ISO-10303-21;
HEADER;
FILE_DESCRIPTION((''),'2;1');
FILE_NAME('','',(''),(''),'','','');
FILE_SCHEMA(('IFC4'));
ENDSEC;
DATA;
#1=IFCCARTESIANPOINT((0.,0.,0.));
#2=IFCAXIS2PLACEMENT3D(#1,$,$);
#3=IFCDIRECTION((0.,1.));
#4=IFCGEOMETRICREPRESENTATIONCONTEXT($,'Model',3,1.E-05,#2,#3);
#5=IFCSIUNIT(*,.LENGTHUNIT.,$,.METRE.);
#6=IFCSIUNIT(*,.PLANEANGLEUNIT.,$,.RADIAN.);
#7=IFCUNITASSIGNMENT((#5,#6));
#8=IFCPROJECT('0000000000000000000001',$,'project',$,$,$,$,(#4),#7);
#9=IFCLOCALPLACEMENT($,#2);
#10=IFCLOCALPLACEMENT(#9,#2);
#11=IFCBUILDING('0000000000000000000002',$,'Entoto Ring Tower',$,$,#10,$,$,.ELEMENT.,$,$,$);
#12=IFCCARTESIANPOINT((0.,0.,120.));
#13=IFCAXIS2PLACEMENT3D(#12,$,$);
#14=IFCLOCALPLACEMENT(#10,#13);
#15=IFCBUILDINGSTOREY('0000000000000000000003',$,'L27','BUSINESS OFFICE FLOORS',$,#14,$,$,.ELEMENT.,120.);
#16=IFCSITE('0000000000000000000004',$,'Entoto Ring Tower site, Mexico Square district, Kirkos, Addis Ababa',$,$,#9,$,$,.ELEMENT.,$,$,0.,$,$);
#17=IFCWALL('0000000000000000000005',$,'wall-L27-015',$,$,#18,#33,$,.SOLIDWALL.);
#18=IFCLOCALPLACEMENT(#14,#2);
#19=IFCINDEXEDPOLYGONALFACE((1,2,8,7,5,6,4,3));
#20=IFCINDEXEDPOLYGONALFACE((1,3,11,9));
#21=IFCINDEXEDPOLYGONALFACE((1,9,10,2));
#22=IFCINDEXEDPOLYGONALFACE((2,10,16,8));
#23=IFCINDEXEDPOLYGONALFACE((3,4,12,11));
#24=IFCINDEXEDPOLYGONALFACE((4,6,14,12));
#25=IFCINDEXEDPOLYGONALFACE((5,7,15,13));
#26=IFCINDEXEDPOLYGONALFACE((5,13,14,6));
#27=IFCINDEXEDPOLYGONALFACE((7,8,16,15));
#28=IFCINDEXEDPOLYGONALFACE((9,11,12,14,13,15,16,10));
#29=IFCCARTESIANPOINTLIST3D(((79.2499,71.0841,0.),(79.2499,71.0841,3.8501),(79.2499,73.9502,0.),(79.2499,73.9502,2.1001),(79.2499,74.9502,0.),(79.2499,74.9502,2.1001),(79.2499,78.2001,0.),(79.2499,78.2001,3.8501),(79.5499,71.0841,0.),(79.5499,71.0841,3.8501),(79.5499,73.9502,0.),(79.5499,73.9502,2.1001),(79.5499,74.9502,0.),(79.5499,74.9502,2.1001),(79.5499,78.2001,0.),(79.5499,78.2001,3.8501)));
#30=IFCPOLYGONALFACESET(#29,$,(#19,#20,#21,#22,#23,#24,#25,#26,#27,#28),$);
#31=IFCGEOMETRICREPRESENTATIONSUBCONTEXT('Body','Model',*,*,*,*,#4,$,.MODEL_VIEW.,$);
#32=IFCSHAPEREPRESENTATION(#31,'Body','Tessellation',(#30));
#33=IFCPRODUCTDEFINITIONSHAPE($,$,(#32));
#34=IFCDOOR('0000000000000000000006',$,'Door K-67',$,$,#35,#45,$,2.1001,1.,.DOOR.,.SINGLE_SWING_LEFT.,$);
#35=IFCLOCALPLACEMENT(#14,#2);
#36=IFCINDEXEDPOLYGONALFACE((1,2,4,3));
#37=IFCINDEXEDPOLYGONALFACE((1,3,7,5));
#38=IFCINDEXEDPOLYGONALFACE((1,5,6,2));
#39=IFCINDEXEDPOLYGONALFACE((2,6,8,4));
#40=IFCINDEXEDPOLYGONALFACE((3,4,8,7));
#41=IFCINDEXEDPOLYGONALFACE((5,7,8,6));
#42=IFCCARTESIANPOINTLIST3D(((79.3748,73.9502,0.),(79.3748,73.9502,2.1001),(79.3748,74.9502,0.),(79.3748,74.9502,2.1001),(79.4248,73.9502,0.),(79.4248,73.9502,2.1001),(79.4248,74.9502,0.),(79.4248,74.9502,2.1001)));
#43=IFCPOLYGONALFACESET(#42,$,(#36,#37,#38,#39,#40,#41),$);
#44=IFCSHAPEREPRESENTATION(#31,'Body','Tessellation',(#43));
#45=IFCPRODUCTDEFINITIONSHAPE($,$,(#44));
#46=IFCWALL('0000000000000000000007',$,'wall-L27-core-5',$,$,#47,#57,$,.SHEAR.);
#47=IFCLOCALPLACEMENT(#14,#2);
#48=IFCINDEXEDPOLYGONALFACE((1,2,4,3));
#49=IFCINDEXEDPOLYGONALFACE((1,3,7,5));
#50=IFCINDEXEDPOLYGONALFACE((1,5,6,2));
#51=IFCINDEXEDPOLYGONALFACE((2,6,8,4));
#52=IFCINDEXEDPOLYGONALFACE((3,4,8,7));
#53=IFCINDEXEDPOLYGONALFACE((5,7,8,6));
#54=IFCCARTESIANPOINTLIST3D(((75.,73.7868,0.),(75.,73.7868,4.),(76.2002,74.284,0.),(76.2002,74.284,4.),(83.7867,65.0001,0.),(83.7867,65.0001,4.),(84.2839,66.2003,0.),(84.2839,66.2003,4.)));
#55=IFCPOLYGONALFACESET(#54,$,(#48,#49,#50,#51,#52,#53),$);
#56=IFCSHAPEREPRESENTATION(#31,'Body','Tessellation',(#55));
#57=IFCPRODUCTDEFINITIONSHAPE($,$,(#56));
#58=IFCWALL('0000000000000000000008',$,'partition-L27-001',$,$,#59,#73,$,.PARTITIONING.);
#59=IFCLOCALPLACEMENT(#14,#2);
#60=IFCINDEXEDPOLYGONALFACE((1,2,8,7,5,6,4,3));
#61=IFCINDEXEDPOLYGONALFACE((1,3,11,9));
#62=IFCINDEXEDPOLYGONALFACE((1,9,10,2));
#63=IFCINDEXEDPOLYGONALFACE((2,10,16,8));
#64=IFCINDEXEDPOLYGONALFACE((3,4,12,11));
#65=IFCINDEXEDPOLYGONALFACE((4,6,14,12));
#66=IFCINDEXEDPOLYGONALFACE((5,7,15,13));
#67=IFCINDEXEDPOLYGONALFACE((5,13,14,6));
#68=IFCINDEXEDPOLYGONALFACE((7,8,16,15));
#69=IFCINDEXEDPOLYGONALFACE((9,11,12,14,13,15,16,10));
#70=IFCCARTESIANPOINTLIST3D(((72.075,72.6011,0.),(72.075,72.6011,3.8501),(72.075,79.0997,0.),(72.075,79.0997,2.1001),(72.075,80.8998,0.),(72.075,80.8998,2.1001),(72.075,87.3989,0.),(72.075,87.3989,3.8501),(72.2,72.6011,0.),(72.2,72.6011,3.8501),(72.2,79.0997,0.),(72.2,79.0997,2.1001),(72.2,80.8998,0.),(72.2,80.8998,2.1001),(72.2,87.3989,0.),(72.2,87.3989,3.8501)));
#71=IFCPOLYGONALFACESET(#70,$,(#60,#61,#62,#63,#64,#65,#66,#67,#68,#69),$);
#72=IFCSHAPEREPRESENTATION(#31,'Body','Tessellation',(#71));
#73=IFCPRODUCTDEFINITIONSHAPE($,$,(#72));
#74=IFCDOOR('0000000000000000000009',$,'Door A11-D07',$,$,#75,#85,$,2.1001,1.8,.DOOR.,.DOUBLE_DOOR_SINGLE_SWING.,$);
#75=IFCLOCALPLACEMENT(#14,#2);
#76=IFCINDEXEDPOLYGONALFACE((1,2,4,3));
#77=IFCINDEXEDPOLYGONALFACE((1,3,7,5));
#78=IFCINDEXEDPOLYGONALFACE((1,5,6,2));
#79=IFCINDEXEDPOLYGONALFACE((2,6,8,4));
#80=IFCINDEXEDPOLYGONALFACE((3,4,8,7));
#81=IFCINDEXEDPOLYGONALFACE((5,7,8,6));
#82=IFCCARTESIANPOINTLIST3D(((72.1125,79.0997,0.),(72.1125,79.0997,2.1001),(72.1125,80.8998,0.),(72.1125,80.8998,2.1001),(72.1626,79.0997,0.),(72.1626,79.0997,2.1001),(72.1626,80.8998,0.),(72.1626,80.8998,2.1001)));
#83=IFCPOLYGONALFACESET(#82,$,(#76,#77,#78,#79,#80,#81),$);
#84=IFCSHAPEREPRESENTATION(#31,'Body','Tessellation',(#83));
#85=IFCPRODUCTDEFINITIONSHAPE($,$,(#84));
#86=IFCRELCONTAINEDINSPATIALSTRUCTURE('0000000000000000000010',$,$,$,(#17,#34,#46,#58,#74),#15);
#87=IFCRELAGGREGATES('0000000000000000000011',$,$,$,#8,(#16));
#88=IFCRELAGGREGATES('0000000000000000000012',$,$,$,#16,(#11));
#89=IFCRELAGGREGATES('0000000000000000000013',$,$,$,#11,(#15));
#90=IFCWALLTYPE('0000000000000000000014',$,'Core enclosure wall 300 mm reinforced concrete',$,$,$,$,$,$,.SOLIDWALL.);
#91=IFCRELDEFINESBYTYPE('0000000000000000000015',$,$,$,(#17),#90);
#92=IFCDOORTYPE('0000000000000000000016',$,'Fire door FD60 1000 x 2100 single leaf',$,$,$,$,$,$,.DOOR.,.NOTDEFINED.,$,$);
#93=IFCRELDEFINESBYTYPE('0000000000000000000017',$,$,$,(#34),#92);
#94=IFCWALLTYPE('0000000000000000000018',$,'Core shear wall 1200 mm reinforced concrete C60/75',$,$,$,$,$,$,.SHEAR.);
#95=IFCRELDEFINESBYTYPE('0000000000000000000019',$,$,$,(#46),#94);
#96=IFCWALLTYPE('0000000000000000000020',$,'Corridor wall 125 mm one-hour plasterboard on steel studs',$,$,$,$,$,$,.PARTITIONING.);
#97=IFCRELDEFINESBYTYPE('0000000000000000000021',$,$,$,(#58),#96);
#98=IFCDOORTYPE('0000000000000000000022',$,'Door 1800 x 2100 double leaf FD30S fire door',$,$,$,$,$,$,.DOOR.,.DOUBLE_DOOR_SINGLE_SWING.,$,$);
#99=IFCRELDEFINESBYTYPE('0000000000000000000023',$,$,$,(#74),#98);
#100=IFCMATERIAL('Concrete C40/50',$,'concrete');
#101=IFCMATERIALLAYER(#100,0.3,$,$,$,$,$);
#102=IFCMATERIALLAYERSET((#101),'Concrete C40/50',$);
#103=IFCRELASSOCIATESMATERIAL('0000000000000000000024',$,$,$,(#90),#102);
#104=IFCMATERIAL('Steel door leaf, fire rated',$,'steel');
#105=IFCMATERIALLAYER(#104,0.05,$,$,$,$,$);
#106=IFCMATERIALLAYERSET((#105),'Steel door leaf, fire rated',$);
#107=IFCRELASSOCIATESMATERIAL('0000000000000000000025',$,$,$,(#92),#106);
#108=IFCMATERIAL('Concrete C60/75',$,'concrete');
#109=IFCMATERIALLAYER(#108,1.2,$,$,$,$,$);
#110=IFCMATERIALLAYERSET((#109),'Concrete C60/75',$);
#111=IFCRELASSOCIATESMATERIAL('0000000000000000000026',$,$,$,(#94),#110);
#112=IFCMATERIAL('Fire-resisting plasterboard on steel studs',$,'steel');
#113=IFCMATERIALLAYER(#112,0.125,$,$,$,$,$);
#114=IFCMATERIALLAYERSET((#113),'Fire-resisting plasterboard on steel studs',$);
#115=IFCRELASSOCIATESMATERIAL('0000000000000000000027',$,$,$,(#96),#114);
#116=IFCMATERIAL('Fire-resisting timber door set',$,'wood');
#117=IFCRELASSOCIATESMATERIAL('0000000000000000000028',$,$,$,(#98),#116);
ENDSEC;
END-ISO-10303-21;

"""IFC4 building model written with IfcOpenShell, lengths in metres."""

from ifc_helpers import new_model, si_unit, direction, frame, frame_2d, origin, place, context, subcontext, project, spatial, polyline, rectangle, outline, extrude, material, layer, layer_set, type_object, element, fill, save


model = new_model("IFC4")

# Units and contexts
model_context = context("Model", 3, precision=1e-05, world=origin(), true_north=direction((0.0, 1.0)))
body_context = subcontext(model_context, "Body", "Model", "MODEL_VIEW")
ifc_project = project(units=[si_unit("LENGTHUNIT", "METRE"), si_unit("PLANEANGLEUNIT", "RADIAN")], contexts=[model_context])

# Site, building, storey
site_placement = place(None, origin())
site = spatial("IfcSite", under=ifc_project, at=site_placement, Name="Entoto Ring Tower site, Mexico Square district, Kirkos, Addis Ababa", CompositionType="ELEMENT", RefElevation=0.0)
building_placement = place(site_placement, origin())
building = spatial("IfcBuilding", under=site, at=building_placement, Name="Entoto Ring Tower", CompositionType="ELEMENT")
storey_placement = place(building_placement, frame((0.0, 0.0, 120.0)))
storey = spatial("IfcBuildingStorey", under=building, at=storey_placement, Name="L27", Description="BUSINESS OFFICE FLOORS", CompositionType="ELEMENT", Elevation=120.0)

# Wall, opening, door
ifc_material_1 = material(Name="Concrete C40/50", Category="concrete")
ifc_layer_1 = layer(ifc_material_1, 0.3)
ifc_layer_set_1 = layer_set([ifc_layer_1], Name="Concrete C40/50")
wall_type_1 = type_object("IfcWallType", Name="Core enclosure wall 300 mm reinforced concrete", PredefinedType="SOLIDWALL", material=ifc_layer_set_1)
wall_1_placement = place(storey_placement, frame((79.3999, 71.084, 0.0), z_axis=(0.0, 0.0, 1.0), x_axis=(0.0, 1.0, 0.0)))
wall_1 = element("IfcWall", 1, at=wall_1_placement, inside=storey, type_object=wall_type_1, Name="wall-L27-015", PredefinedType="SOLIDWALL", context=body_context, shape_type="SweptSolid", body=[
    extrude(rectangle(XDim=7.116, YDim=0.3, at=frame_2d((3.5581, 0.0))), origin(), (0.0, 0.0, 1.0), 3.8501),
])
opening_1_placement = place(wall_1_placement, frame((2.8662, 0.0, 0.0)))
opening_1 = element("IfcOpeningElement", 2, at=opening_1_placement, cuts=wall_1, PredefinedType="OPENING", context=body_context, shape_type="SweptSolid", body=[
    extrude(rectangle(XDim=1.0, YDim=2.1001, at=frame_2d((0.5, 1.05))), frame((0.0, 0.1602, 0.0), z_axis=(0.0, -1.0, 0.0), x_axis=(1.0, 0.0, 0.0)), (0.0, 0.0, 1.0), 0.3201),
])
ifc_material_2 = material(Name="Steel door leaf, fire rated", Category="steel")
ifc_layer_2 = layer(ifc_material_2, 0.05)
ifc_layer_set_2 = layer_set([ifc_layer_2], Name="Steel door leaf, fire rated")
door_type_1 = type_object("IfcDoorType", Name="Fire door FD60 1000 x 2100 single leaf", OperationType="NOTDEFINED", PredefinedType="DOOR", material=ifc_layer_set_2)
door_1_placement = place(opening_1_placement, frame((1.0, 0.0, 0.0), z_axis=(0.0, 0.0, 1.0), x_axis=(-1.0, 0.0, 0.0)))
door_1 = element("IfcDoor", 3, at=door_1_placement, inside=storey, type_object=door_type_1, Name="Door K-67", OperationType="SINGLE_SWING_LEFT", OverallHeight=2.1001, OverallWidth=1.0, PredefinedType="DOOR", context=body_context, shape_type="SweptSolid", body=[
    extrude(rectangle(XDim=1.0, YDim=2.1001, at=frame_2d((0.5, 1.05))), frame((0.0, 0.0249, 0.0), z_axis=(0.0, -1.0, 0.0), x_axis=(1.0, 0.0, 0.0)), (0.0, 0.0, 1.0), 0.05),
])
fill(opening_1, door_1)

# Wall
ifc_material_3 = material(Name="Concrete C60/75", Category="concrete")
ifc_layer_3 = layer(ifc_material_3, 1.2)
ifc_layer_set_3 = layer_set([ifc_layer_3], Name="Concrete C60/75")
wall_type_2 = type_object("IfcWallType", Name="Core shear wall 1200 mm reinforced concrete C60/75", PredefinedType="SHEAR", material=ifc_layer_set_3)
wall_2_placement = place(storey_placement, frame((75.6001, 74.0354, 0.0), z_axis=(0.0, 0.0, 1.0), x_axis=(0.707107, -0.707107, 0.0)))
element("IfcWall", 4, at=wall_2_placement, inside=storey, type_object=wall_type_2, Name="wall-L27-core-5", PredefinedType="SHEAR", context=body_context, shape_type="SweptSolid", body=[
    extrude(outline(polyline([(-0.2485, -0.6001), (12.1777, -0.6001), (11.6807, 0.6001), (0.2485, 0.6001), (-0.2485, -0.6001)])), origin(), (0.0, 0.0, 1.0), 4.0),
])

# Wall, opening, door
ifc_material_4 = material(Name="Fire-resisting plasterboard on steel studs", Category="steel")
ifc_layer_4 = layer(ifc_material_4, 0.125)
ifc_layer_set_4 = layer_set([ifc_layer_4], Name="Fire-resisting plasterboard on steel studs")
wall_type_3 = type_object("IfcWallType", Name="Corridor wall 125 mm one-hour plasterboard on steel studs", PredefinedType="PARTITIONING", material=ifc_layer_set_4)
wall_3_placement = place(storey_placement, frame((72.1375, 72.6011, 0.0), z_axis=(0.0, 0.0, 1.0), x_axis=(0.0, 1.0, 0.0)))
wall_3 = element("IfcWall", 5, at=wall_3_placement, inside=storey, type_object=wall_type_3, Name="partition-L27-001", PredefinedType="PARTITIONING", context=body_context, shape_type="SweptSolid", body=[
    extrude(rectangle(XDim=14.7979, YDim=0.125, at=frame_2d((7.3989, 0.0))), origin(), (0.0, 0.0, 1.0), 3.8501),
])
opening_2_placement = place(wall_3_placement, frame((6.4988, 0.0, 0.0)))
opening_2 = element("IfcOpeningElement", 6, at=opening_2_placement, cuts=wall_3, PredefinedType="OPENING", context=body_context, shape_type="SweptSolid", body=[
    extrude(rectangle(XDim=1.8, YDim=2.1001, at=frame_2d((0.8999, 1.05))), frame((0.0, 0.0725, 0.0), z_axis=(0.0, -1.0, 0.0), x_axis=(1.0, 0.0, 0.0)), (0.0, 0.0, 1.0), 0.145),
])
ifc_material_5 = material(Name="Fire-resisting timber door set", Category="wood")
door_type_2 = type_object("IfcDoorType", Name="Door 1800 x 2100 double leaf FD30S fire door", OperationType="DOUBLE_DOOR_SINGLE_SWING", PredefinedType="DOOR", material=ifc_material_5)
door_2_placement = place(opening_2_placement, origin())
door_2 = element("IfcDoor", 7, at=door_2_placement, inside=storey, type_object=door_type_2, Name="Door A11-D07", OperationType="DOUBLE_DOOR_SINGLE_SWING", OverallHeight=2.1001, OverallWidth=1.8, PredefinedType="DOOR", context=body_context, shape_type="SweptSolid", body=[
    extrude(rectangle(XDim=1.8, YDim=2.1001, at=frame_2d((0.8999, 1.05))), frame((0.0, 0.0249, 0.0), z_axis=(0.0, -1.0, 0.0), x_axis=(1.0, 0.0, 0.0)), (0.0, 0.0, 1.0), 0.05),
])
fill(opening_2, door_2)

save(model, "model.ifc")
